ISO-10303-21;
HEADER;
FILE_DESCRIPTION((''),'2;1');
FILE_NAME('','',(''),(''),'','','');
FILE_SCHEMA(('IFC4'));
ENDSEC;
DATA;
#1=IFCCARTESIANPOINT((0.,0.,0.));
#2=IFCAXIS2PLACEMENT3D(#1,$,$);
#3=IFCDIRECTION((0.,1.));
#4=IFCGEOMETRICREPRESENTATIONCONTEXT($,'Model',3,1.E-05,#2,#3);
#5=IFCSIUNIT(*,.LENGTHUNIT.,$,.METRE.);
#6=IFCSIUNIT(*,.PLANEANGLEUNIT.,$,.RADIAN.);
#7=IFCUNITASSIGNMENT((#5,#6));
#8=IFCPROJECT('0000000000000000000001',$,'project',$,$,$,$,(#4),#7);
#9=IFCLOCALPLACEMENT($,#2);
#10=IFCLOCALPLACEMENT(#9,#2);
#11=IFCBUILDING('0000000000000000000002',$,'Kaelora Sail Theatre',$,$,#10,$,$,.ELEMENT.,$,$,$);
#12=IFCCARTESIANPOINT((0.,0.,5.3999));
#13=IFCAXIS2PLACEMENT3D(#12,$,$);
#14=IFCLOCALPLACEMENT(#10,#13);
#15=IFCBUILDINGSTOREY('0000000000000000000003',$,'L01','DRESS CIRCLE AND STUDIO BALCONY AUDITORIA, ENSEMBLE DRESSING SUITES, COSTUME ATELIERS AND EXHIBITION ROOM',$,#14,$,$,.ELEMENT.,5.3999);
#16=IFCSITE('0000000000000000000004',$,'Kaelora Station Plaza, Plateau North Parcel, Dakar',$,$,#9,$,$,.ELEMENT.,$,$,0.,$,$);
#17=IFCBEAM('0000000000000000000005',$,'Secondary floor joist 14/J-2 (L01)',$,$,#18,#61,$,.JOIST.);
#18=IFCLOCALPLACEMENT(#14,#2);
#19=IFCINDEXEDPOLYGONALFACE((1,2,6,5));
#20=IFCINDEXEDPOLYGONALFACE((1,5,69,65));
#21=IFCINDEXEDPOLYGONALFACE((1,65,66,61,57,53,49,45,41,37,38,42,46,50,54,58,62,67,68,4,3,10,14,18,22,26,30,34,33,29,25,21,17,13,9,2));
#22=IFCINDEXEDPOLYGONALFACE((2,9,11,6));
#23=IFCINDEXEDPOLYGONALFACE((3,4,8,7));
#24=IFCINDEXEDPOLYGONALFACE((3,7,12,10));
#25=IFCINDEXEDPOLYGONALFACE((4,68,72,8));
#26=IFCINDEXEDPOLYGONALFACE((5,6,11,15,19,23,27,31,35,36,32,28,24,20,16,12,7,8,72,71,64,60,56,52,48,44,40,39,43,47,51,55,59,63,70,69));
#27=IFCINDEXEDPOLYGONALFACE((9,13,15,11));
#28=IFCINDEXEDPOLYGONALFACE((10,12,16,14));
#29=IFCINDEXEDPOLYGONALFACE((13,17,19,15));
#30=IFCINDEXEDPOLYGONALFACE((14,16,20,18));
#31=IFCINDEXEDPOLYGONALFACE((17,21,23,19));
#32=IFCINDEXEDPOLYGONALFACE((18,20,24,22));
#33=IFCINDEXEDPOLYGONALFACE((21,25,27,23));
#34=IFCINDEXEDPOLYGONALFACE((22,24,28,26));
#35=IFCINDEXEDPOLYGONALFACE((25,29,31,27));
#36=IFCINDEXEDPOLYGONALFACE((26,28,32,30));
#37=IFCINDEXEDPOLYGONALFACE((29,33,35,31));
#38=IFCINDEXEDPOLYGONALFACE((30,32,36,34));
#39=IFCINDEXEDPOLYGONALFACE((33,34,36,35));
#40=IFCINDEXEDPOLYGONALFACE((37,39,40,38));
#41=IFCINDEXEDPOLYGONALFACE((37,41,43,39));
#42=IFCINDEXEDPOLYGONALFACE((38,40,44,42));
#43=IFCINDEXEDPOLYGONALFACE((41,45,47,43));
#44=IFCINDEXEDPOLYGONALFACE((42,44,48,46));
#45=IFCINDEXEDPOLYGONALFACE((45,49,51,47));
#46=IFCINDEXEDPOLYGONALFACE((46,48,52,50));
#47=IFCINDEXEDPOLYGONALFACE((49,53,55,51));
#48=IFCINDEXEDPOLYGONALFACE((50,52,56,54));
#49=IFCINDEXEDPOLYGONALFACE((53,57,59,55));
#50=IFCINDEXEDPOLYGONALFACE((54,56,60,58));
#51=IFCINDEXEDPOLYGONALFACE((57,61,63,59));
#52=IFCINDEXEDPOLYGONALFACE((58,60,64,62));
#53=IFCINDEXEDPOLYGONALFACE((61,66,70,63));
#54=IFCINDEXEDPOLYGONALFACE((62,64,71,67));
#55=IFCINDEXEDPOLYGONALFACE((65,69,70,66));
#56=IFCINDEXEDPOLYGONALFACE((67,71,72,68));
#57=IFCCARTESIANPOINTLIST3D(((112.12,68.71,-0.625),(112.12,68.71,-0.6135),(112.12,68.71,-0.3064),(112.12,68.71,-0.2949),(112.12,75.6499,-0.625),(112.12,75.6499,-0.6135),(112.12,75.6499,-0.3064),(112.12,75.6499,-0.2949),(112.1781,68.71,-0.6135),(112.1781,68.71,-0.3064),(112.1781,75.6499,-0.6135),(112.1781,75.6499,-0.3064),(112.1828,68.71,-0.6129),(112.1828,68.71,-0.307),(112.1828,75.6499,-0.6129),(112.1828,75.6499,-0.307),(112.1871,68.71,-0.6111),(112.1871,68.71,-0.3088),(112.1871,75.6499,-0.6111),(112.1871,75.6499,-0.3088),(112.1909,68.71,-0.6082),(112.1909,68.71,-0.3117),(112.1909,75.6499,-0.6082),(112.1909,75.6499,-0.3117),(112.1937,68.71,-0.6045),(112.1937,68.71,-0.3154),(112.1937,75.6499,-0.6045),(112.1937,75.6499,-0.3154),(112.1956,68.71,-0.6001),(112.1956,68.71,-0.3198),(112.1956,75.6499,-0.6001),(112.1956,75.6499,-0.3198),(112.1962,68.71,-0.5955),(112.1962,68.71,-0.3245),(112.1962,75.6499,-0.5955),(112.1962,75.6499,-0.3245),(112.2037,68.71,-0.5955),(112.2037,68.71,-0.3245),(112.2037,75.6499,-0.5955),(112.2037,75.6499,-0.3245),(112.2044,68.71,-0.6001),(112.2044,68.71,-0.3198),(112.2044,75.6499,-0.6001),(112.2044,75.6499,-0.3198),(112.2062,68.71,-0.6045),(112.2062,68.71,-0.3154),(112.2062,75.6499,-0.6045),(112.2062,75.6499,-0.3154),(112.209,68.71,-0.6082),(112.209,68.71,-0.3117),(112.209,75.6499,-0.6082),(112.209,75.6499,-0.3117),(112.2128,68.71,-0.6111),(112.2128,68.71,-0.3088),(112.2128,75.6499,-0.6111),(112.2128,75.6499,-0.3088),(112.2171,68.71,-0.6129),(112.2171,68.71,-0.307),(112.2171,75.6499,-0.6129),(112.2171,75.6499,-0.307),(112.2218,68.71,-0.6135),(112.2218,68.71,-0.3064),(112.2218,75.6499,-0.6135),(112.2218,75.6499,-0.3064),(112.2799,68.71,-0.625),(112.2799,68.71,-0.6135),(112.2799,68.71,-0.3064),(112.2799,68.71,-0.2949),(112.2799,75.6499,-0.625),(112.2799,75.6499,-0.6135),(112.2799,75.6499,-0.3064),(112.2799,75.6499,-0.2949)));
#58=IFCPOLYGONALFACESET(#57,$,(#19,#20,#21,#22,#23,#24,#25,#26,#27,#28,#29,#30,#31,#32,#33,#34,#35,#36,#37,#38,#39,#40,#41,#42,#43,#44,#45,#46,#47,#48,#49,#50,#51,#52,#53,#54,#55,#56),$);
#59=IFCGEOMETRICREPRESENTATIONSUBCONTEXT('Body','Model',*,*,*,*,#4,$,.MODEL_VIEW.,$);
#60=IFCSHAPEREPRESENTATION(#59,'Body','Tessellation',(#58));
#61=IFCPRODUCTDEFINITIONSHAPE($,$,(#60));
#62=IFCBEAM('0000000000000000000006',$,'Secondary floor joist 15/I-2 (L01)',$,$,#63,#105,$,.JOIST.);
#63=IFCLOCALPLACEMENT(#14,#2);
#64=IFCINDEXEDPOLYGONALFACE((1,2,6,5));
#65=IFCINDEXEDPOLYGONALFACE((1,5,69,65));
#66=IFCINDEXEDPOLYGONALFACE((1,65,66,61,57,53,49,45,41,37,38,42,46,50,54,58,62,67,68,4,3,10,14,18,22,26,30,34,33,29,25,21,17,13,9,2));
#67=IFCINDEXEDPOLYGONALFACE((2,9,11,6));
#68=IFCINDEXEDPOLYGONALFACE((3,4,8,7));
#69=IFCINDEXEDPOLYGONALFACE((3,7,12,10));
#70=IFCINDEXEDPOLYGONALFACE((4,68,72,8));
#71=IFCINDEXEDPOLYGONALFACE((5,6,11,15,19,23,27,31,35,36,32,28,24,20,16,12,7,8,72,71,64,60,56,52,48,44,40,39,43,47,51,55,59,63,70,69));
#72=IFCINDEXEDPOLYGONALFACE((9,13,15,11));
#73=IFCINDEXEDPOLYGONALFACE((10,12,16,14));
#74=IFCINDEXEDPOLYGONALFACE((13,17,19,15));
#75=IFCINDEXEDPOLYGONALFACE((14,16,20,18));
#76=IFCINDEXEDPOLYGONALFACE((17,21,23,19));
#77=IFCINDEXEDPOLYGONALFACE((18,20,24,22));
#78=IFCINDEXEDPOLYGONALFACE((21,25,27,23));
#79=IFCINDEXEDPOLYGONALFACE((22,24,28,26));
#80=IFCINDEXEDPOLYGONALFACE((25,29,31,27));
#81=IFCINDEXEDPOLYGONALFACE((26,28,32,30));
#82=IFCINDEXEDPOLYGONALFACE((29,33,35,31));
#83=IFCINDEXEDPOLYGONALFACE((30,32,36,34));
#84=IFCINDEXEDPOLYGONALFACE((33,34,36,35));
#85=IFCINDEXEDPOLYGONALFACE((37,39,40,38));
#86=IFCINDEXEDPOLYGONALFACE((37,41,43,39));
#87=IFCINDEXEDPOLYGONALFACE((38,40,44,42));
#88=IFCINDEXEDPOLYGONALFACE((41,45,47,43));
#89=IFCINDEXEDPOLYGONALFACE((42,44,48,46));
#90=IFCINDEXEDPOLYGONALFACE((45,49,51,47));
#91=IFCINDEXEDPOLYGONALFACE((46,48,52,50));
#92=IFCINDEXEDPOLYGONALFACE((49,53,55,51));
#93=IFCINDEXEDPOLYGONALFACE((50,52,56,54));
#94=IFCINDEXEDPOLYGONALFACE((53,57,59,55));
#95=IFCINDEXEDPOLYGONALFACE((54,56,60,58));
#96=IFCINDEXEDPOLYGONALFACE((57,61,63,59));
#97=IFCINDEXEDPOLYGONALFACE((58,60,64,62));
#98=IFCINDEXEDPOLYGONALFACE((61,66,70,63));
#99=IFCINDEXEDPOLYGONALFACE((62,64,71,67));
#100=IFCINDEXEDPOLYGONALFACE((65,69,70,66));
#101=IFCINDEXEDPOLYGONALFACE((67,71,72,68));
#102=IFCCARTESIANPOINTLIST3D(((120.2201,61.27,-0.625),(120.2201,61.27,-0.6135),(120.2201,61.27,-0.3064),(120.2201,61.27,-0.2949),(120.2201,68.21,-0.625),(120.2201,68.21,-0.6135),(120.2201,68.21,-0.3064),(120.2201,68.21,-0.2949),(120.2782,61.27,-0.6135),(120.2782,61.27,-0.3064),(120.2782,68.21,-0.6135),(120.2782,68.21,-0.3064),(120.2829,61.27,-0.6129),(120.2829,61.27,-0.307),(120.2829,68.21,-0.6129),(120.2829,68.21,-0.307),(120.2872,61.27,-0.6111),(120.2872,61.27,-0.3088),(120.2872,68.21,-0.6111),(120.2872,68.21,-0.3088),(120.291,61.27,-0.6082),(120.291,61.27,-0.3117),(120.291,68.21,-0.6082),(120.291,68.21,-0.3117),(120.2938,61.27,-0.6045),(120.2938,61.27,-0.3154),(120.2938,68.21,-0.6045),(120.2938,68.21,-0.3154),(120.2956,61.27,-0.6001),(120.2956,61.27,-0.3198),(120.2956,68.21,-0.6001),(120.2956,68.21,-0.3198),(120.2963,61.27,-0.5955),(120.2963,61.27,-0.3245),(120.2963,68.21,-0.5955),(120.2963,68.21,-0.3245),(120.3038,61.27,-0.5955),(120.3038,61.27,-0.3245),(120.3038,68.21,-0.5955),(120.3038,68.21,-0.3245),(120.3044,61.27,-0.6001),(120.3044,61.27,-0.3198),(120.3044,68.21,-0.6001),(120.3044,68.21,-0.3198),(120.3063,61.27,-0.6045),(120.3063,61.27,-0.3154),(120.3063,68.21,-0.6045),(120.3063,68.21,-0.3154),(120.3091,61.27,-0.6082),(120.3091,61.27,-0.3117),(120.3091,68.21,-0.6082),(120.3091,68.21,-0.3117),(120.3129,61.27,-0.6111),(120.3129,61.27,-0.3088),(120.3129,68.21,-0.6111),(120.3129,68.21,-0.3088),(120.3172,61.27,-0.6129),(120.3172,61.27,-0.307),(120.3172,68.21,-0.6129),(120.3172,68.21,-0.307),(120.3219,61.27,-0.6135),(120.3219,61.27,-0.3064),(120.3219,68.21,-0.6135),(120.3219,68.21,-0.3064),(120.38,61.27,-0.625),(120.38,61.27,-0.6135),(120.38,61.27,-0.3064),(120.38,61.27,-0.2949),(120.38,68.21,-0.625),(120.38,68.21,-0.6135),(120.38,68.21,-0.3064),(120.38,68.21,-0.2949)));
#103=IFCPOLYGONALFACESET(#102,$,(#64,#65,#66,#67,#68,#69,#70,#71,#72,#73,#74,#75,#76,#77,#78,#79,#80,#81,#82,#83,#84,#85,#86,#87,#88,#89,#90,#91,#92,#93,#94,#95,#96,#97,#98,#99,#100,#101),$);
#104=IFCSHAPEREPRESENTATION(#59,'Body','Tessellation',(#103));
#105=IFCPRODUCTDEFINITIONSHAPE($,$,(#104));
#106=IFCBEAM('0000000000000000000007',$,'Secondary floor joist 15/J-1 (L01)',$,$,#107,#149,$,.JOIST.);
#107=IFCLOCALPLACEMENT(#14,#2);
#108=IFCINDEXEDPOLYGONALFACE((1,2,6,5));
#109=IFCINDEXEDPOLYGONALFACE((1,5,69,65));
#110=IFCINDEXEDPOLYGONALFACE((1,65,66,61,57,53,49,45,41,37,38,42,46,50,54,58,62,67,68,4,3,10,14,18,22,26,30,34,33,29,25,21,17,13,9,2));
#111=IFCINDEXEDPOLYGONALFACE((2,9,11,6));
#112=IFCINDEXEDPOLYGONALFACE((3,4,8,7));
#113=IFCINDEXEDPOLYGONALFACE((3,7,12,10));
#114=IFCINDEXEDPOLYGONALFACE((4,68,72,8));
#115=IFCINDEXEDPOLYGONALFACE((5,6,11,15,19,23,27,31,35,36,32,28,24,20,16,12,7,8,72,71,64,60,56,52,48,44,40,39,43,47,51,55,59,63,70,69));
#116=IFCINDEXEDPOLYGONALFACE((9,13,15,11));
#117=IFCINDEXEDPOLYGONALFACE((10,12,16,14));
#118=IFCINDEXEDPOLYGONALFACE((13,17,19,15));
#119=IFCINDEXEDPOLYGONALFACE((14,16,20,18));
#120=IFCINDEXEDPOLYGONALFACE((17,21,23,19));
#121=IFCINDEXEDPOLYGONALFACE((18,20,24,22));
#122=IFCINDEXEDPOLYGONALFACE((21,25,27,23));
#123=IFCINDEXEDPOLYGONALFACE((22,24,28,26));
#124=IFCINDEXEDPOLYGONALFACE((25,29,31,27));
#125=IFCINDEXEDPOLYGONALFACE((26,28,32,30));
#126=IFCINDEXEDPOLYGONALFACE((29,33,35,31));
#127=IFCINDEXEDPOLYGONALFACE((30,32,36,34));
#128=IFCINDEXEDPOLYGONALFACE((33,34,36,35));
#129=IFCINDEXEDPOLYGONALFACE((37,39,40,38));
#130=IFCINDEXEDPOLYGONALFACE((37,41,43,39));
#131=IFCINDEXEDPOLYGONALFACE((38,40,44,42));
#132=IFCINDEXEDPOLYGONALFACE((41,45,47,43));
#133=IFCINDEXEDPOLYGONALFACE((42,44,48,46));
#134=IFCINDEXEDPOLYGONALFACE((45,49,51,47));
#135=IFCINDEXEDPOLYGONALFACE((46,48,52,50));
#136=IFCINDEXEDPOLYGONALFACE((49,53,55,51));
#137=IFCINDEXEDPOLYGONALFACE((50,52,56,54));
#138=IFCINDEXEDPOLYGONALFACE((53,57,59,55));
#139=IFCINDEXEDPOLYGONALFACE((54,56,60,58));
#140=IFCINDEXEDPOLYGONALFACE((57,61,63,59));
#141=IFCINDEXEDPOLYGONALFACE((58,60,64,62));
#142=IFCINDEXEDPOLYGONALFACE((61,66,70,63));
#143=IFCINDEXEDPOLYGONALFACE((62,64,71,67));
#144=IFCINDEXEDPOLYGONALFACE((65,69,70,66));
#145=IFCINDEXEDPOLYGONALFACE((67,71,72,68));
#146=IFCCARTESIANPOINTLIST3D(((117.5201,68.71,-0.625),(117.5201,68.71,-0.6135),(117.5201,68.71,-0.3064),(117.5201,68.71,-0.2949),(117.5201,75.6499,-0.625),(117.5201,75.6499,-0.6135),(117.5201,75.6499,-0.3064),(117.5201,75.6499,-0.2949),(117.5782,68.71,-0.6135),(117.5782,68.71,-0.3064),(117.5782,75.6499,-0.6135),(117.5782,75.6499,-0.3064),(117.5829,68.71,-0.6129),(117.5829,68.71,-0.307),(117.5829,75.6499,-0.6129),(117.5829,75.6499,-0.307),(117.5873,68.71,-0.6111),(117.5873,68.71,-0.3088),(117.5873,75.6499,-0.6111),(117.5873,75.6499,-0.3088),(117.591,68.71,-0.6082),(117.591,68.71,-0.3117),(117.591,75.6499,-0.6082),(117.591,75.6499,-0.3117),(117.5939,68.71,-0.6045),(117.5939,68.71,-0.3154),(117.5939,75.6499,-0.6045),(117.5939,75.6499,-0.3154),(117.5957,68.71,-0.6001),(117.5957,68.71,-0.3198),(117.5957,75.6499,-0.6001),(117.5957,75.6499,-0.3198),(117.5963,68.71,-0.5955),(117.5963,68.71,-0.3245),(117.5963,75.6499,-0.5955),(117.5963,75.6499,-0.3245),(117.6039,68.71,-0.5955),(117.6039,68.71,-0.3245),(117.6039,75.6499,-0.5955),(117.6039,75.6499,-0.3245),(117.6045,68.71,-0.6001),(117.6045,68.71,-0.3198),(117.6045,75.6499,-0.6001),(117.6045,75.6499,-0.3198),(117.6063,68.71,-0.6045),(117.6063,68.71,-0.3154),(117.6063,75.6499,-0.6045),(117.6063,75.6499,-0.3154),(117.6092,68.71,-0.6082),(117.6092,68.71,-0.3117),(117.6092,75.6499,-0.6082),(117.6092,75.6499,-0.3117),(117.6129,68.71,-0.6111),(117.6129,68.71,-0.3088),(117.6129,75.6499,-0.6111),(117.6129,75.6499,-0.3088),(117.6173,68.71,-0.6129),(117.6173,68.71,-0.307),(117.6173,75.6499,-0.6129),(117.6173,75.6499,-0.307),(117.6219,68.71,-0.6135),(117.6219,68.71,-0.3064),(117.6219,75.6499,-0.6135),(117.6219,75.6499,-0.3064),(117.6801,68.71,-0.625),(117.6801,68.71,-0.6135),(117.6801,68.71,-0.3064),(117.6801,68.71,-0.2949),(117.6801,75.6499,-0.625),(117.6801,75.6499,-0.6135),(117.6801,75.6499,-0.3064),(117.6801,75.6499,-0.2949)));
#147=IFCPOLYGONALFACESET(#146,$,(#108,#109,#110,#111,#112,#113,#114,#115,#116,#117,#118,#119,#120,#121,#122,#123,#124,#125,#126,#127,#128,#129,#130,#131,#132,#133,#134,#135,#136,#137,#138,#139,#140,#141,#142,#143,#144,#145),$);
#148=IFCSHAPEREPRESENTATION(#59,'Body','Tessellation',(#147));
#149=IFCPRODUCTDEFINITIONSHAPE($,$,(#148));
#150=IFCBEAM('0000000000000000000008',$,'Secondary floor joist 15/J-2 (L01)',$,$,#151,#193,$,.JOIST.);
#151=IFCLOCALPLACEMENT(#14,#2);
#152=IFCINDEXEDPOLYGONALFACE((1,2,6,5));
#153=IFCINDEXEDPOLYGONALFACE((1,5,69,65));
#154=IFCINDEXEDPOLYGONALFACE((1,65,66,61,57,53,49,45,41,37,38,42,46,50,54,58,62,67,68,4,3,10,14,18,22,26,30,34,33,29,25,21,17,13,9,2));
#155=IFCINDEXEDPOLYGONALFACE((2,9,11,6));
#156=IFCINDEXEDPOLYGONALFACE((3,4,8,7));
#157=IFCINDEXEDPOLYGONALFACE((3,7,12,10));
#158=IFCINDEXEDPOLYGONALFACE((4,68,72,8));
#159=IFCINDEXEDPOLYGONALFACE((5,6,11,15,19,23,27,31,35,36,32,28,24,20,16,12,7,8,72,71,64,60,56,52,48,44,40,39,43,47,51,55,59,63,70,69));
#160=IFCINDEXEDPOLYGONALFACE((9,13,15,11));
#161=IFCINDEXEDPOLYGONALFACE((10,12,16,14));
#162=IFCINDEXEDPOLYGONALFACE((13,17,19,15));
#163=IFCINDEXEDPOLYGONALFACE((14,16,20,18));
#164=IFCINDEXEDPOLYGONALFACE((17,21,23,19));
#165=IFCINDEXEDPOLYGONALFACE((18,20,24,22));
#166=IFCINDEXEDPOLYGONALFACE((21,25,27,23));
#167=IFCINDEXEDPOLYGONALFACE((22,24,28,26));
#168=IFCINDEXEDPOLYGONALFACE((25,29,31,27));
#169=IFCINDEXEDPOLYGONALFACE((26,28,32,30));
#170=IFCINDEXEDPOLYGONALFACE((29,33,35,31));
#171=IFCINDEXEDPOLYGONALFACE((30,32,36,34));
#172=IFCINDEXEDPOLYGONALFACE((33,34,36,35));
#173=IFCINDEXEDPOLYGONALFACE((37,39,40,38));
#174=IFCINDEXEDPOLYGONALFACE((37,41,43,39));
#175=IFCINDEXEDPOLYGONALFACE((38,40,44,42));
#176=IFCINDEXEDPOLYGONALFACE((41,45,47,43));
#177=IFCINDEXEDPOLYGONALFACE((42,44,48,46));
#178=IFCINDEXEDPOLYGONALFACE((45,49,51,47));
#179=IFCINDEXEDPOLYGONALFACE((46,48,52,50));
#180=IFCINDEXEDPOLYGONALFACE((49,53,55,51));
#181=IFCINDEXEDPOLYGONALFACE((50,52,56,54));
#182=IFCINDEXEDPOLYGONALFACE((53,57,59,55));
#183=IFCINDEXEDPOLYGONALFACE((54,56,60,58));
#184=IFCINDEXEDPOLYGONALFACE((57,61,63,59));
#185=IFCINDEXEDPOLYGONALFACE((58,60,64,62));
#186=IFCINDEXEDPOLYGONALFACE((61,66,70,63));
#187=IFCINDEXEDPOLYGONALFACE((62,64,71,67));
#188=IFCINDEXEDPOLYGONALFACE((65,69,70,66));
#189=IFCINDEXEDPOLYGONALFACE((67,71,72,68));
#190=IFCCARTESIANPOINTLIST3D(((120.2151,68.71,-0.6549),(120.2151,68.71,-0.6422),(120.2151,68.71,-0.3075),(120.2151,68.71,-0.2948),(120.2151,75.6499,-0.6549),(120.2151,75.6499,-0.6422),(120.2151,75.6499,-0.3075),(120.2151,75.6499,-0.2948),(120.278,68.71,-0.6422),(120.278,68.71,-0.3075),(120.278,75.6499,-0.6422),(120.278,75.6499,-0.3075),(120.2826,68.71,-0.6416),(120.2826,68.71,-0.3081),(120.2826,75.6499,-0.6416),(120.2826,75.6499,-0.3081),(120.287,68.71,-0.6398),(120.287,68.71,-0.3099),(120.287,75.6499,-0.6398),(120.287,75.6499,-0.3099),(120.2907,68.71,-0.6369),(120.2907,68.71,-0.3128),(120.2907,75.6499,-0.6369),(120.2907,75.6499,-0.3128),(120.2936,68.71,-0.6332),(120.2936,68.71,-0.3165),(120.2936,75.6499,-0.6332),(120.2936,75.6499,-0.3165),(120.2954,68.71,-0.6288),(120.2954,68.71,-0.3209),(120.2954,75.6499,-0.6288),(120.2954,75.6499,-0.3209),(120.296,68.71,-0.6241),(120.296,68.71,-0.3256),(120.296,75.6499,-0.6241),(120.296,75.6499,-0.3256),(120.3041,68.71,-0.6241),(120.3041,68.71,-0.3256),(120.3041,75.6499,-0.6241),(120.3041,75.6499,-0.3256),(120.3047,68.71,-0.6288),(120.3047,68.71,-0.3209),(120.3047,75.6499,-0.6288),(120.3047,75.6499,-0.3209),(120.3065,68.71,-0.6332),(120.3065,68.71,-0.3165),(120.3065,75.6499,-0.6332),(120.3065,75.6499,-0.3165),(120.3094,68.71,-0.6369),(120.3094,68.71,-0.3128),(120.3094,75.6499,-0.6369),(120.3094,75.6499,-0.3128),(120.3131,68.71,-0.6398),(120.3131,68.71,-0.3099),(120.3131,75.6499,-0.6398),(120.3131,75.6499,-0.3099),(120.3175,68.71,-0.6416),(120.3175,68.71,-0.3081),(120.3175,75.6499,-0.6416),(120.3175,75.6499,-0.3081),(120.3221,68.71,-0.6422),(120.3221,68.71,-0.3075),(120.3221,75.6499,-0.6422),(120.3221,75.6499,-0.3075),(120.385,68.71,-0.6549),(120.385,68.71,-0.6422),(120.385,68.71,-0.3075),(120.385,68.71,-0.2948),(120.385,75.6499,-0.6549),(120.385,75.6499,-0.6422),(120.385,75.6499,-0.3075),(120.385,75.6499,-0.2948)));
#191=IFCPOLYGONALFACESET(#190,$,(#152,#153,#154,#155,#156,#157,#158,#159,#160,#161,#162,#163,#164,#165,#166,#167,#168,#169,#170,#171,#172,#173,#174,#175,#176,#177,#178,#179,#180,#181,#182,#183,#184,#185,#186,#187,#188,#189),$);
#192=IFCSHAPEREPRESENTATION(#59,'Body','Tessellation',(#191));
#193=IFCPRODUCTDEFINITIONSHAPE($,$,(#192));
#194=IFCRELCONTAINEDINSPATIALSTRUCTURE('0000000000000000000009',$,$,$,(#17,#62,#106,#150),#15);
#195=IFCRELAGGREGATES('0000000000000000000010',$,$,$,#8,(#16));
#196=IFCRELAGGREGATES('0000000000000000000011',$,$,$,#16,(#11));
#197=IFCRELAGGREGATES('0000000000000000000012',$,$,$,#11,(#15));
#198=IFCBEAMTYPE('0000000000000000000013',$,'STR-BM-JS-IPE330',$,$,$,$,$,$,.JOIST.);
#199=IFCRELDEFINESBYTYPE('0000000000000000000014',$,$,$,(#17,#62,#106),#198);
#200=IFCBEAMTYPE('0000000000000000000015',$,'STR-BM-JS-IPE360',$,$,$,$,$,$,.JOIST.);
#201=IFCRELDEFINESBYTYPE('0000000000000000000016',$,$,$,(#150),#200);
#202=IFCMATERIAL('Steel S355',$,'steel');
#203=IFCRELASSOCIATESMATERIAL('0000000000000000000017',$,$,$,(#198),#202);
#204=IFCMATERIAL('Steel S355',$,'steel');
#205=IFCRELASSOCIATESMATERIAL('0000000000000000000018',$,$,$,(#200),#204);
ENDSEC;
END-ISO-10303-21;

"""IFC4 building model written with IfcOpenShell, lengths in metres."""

from ifc_helpers import new_model, si_unit, direction, frame, origin, origin_2d, place, context, subcontext, project, spatial, i_section, extrude, material, material_profile, profile_set, type_object, element, save


model = new_model("IFC4")

# Units and contexts
model_context = context("Model", 3, precision=1e-05, world=origin(), true_north=direction((0.0, 1.0)))
body_context = subcontext(model_context, "Body", "Model", "MODEL_VIEW")
ifc_project = project(units=[si_unit("LENGTHUNIT", "METRE"), si_unit("PLANEANGLEUNIT", "RADIAN")], contexts=[model_context])

# Site, building, storey
site_placement = place(None, origin())
site = spatial("IfcSite", under=ifc_project, at=site_placement, Name="Kaelora Station Plaza, Plateau North Parcel, Dakar", CompositionType="ELEMENT", RefElevation=0.0)
building_placement = place(site_placement, origin())
building = spatial("IfcBuilding", under=site, at=building_placement, Name="Kaelora Sail Theatre", CompositionType="ELEMENT")
storey_placement = place(building_placement, frame((0.0, 0.0, 5.3999)))
storey = spatial("IfcBuildingStorey", under=building, at=storey_placement, Name="L01", Description="DRESS CIRCLE AND STUDIO BALCONY AUDITORIA, ENSEMBLE DRESSING SUITES, COSTUME ATELIERS AND EXHIBITION ROOM", CompositionType="ELEMENT", Elevation=5.3999)

# Beams
ifc_material_1 = material(Name="Steel S355", Category="steel")
ifc_material_profile_1 = material_profile(ifc_material_1, i_section(OverallWidth=0.1599, OverallDepth=0.3301, WebThickness=0.0076, FlangeThickness=0.0115, FilletRadius=0.0181, at=origin_2d()), Name="IPE 330")
ifc_profile_set_1 = profile_set([ifc_material_profile_1], Name="Steel S355")
beam_type_1 = type_object("IfcBeamType", Name="STR-BM-JS-IPE330", PredefinedType="JOIST", material=ifc_profile_set_1)
for number, where, z_axis, x_axis, name in (
    (1, (112.2, 68.71, -0.46), (0.0, 1.0, 0.0), (-1.0, 0.0, 0.0), "Secondary floor joist 14/J-2 (L01)"),
    (2, (120.3, 61.27, -0.46), (0.0, 1.0, 0.0), (-1.0, 0.0, 0.0), "Secondary floor joist 15/I-2 (L01)"),
    (3, (117.6001, 68.71, -0.46), (0.0, 1.0, 0.0), (-1.0, 0.0, 0.0), "Secondary floor joist 15/J-1 (L01)"),
):
    element("IfcBeam", number, at=place(storey_placement, frame(where, z_axis=z_axis, x_axis=x_axis)), inside=storey, type_object=beam_type_1, Name=name, PredefinedType="JOIST", context=body_context, shape_type="SweptSolid", body=[
        extrude(i_section(OverallWidth=0.1599, OverallDepth=0.3301, WebThickness=0.0076, FlangeThickness=0.0115, FilletRadius=0.0181, at=origin_2d()), origin(), (0.0, 0.0, 1.0), 6.9399),
    ])
ifc_material_2 = material(Name="Steel S355", Category="steel")
ifc_material_profile_2 = material_profile(ifc_material_2, i_section(OverallWidth=0.1699, OverallDepth=0.3601, WebThickness=0.0081, FlangeThickness=0.0127, FilletRadius=0.0181, at=origin_2d()), Name="IPE 360")
ifc_profile_set_2 = profile_set([ifc_material_profile_2], Name="Steel S355")
beam_type_2 = type_object("IfcBeamType", Name="STR-BM-JS-IPE360", PredefinedType="JOIST", material=ifc_profile_set_2)
beam_1_placement = place(storey_placement, frame((120.3, 68.71, -0.4749), z_axis=(0.0, 1.0, 0.0), x_axis=(-1.0, 0.0, 0.0)))
element("IfcBeam", 4, at=beam_1_placement, inside=storey, type_object=beam_type_2, Name="Secondary floor joist 15/J-2 (L01)", PredefinedType="JOIST", context=body_context, shape_type="SweptSolid", body=[
    extrude(i_section(OverallWidth=0.1699, OverallDepth=0.3601, WebThickness=0.0081, FlangeThickness=0.0127, FilletRadius=0.0181, at=origin_2d()), origin(), (0.0, 0.0, 1.0), 6.9399),
])

save(model, "model.ifc")
